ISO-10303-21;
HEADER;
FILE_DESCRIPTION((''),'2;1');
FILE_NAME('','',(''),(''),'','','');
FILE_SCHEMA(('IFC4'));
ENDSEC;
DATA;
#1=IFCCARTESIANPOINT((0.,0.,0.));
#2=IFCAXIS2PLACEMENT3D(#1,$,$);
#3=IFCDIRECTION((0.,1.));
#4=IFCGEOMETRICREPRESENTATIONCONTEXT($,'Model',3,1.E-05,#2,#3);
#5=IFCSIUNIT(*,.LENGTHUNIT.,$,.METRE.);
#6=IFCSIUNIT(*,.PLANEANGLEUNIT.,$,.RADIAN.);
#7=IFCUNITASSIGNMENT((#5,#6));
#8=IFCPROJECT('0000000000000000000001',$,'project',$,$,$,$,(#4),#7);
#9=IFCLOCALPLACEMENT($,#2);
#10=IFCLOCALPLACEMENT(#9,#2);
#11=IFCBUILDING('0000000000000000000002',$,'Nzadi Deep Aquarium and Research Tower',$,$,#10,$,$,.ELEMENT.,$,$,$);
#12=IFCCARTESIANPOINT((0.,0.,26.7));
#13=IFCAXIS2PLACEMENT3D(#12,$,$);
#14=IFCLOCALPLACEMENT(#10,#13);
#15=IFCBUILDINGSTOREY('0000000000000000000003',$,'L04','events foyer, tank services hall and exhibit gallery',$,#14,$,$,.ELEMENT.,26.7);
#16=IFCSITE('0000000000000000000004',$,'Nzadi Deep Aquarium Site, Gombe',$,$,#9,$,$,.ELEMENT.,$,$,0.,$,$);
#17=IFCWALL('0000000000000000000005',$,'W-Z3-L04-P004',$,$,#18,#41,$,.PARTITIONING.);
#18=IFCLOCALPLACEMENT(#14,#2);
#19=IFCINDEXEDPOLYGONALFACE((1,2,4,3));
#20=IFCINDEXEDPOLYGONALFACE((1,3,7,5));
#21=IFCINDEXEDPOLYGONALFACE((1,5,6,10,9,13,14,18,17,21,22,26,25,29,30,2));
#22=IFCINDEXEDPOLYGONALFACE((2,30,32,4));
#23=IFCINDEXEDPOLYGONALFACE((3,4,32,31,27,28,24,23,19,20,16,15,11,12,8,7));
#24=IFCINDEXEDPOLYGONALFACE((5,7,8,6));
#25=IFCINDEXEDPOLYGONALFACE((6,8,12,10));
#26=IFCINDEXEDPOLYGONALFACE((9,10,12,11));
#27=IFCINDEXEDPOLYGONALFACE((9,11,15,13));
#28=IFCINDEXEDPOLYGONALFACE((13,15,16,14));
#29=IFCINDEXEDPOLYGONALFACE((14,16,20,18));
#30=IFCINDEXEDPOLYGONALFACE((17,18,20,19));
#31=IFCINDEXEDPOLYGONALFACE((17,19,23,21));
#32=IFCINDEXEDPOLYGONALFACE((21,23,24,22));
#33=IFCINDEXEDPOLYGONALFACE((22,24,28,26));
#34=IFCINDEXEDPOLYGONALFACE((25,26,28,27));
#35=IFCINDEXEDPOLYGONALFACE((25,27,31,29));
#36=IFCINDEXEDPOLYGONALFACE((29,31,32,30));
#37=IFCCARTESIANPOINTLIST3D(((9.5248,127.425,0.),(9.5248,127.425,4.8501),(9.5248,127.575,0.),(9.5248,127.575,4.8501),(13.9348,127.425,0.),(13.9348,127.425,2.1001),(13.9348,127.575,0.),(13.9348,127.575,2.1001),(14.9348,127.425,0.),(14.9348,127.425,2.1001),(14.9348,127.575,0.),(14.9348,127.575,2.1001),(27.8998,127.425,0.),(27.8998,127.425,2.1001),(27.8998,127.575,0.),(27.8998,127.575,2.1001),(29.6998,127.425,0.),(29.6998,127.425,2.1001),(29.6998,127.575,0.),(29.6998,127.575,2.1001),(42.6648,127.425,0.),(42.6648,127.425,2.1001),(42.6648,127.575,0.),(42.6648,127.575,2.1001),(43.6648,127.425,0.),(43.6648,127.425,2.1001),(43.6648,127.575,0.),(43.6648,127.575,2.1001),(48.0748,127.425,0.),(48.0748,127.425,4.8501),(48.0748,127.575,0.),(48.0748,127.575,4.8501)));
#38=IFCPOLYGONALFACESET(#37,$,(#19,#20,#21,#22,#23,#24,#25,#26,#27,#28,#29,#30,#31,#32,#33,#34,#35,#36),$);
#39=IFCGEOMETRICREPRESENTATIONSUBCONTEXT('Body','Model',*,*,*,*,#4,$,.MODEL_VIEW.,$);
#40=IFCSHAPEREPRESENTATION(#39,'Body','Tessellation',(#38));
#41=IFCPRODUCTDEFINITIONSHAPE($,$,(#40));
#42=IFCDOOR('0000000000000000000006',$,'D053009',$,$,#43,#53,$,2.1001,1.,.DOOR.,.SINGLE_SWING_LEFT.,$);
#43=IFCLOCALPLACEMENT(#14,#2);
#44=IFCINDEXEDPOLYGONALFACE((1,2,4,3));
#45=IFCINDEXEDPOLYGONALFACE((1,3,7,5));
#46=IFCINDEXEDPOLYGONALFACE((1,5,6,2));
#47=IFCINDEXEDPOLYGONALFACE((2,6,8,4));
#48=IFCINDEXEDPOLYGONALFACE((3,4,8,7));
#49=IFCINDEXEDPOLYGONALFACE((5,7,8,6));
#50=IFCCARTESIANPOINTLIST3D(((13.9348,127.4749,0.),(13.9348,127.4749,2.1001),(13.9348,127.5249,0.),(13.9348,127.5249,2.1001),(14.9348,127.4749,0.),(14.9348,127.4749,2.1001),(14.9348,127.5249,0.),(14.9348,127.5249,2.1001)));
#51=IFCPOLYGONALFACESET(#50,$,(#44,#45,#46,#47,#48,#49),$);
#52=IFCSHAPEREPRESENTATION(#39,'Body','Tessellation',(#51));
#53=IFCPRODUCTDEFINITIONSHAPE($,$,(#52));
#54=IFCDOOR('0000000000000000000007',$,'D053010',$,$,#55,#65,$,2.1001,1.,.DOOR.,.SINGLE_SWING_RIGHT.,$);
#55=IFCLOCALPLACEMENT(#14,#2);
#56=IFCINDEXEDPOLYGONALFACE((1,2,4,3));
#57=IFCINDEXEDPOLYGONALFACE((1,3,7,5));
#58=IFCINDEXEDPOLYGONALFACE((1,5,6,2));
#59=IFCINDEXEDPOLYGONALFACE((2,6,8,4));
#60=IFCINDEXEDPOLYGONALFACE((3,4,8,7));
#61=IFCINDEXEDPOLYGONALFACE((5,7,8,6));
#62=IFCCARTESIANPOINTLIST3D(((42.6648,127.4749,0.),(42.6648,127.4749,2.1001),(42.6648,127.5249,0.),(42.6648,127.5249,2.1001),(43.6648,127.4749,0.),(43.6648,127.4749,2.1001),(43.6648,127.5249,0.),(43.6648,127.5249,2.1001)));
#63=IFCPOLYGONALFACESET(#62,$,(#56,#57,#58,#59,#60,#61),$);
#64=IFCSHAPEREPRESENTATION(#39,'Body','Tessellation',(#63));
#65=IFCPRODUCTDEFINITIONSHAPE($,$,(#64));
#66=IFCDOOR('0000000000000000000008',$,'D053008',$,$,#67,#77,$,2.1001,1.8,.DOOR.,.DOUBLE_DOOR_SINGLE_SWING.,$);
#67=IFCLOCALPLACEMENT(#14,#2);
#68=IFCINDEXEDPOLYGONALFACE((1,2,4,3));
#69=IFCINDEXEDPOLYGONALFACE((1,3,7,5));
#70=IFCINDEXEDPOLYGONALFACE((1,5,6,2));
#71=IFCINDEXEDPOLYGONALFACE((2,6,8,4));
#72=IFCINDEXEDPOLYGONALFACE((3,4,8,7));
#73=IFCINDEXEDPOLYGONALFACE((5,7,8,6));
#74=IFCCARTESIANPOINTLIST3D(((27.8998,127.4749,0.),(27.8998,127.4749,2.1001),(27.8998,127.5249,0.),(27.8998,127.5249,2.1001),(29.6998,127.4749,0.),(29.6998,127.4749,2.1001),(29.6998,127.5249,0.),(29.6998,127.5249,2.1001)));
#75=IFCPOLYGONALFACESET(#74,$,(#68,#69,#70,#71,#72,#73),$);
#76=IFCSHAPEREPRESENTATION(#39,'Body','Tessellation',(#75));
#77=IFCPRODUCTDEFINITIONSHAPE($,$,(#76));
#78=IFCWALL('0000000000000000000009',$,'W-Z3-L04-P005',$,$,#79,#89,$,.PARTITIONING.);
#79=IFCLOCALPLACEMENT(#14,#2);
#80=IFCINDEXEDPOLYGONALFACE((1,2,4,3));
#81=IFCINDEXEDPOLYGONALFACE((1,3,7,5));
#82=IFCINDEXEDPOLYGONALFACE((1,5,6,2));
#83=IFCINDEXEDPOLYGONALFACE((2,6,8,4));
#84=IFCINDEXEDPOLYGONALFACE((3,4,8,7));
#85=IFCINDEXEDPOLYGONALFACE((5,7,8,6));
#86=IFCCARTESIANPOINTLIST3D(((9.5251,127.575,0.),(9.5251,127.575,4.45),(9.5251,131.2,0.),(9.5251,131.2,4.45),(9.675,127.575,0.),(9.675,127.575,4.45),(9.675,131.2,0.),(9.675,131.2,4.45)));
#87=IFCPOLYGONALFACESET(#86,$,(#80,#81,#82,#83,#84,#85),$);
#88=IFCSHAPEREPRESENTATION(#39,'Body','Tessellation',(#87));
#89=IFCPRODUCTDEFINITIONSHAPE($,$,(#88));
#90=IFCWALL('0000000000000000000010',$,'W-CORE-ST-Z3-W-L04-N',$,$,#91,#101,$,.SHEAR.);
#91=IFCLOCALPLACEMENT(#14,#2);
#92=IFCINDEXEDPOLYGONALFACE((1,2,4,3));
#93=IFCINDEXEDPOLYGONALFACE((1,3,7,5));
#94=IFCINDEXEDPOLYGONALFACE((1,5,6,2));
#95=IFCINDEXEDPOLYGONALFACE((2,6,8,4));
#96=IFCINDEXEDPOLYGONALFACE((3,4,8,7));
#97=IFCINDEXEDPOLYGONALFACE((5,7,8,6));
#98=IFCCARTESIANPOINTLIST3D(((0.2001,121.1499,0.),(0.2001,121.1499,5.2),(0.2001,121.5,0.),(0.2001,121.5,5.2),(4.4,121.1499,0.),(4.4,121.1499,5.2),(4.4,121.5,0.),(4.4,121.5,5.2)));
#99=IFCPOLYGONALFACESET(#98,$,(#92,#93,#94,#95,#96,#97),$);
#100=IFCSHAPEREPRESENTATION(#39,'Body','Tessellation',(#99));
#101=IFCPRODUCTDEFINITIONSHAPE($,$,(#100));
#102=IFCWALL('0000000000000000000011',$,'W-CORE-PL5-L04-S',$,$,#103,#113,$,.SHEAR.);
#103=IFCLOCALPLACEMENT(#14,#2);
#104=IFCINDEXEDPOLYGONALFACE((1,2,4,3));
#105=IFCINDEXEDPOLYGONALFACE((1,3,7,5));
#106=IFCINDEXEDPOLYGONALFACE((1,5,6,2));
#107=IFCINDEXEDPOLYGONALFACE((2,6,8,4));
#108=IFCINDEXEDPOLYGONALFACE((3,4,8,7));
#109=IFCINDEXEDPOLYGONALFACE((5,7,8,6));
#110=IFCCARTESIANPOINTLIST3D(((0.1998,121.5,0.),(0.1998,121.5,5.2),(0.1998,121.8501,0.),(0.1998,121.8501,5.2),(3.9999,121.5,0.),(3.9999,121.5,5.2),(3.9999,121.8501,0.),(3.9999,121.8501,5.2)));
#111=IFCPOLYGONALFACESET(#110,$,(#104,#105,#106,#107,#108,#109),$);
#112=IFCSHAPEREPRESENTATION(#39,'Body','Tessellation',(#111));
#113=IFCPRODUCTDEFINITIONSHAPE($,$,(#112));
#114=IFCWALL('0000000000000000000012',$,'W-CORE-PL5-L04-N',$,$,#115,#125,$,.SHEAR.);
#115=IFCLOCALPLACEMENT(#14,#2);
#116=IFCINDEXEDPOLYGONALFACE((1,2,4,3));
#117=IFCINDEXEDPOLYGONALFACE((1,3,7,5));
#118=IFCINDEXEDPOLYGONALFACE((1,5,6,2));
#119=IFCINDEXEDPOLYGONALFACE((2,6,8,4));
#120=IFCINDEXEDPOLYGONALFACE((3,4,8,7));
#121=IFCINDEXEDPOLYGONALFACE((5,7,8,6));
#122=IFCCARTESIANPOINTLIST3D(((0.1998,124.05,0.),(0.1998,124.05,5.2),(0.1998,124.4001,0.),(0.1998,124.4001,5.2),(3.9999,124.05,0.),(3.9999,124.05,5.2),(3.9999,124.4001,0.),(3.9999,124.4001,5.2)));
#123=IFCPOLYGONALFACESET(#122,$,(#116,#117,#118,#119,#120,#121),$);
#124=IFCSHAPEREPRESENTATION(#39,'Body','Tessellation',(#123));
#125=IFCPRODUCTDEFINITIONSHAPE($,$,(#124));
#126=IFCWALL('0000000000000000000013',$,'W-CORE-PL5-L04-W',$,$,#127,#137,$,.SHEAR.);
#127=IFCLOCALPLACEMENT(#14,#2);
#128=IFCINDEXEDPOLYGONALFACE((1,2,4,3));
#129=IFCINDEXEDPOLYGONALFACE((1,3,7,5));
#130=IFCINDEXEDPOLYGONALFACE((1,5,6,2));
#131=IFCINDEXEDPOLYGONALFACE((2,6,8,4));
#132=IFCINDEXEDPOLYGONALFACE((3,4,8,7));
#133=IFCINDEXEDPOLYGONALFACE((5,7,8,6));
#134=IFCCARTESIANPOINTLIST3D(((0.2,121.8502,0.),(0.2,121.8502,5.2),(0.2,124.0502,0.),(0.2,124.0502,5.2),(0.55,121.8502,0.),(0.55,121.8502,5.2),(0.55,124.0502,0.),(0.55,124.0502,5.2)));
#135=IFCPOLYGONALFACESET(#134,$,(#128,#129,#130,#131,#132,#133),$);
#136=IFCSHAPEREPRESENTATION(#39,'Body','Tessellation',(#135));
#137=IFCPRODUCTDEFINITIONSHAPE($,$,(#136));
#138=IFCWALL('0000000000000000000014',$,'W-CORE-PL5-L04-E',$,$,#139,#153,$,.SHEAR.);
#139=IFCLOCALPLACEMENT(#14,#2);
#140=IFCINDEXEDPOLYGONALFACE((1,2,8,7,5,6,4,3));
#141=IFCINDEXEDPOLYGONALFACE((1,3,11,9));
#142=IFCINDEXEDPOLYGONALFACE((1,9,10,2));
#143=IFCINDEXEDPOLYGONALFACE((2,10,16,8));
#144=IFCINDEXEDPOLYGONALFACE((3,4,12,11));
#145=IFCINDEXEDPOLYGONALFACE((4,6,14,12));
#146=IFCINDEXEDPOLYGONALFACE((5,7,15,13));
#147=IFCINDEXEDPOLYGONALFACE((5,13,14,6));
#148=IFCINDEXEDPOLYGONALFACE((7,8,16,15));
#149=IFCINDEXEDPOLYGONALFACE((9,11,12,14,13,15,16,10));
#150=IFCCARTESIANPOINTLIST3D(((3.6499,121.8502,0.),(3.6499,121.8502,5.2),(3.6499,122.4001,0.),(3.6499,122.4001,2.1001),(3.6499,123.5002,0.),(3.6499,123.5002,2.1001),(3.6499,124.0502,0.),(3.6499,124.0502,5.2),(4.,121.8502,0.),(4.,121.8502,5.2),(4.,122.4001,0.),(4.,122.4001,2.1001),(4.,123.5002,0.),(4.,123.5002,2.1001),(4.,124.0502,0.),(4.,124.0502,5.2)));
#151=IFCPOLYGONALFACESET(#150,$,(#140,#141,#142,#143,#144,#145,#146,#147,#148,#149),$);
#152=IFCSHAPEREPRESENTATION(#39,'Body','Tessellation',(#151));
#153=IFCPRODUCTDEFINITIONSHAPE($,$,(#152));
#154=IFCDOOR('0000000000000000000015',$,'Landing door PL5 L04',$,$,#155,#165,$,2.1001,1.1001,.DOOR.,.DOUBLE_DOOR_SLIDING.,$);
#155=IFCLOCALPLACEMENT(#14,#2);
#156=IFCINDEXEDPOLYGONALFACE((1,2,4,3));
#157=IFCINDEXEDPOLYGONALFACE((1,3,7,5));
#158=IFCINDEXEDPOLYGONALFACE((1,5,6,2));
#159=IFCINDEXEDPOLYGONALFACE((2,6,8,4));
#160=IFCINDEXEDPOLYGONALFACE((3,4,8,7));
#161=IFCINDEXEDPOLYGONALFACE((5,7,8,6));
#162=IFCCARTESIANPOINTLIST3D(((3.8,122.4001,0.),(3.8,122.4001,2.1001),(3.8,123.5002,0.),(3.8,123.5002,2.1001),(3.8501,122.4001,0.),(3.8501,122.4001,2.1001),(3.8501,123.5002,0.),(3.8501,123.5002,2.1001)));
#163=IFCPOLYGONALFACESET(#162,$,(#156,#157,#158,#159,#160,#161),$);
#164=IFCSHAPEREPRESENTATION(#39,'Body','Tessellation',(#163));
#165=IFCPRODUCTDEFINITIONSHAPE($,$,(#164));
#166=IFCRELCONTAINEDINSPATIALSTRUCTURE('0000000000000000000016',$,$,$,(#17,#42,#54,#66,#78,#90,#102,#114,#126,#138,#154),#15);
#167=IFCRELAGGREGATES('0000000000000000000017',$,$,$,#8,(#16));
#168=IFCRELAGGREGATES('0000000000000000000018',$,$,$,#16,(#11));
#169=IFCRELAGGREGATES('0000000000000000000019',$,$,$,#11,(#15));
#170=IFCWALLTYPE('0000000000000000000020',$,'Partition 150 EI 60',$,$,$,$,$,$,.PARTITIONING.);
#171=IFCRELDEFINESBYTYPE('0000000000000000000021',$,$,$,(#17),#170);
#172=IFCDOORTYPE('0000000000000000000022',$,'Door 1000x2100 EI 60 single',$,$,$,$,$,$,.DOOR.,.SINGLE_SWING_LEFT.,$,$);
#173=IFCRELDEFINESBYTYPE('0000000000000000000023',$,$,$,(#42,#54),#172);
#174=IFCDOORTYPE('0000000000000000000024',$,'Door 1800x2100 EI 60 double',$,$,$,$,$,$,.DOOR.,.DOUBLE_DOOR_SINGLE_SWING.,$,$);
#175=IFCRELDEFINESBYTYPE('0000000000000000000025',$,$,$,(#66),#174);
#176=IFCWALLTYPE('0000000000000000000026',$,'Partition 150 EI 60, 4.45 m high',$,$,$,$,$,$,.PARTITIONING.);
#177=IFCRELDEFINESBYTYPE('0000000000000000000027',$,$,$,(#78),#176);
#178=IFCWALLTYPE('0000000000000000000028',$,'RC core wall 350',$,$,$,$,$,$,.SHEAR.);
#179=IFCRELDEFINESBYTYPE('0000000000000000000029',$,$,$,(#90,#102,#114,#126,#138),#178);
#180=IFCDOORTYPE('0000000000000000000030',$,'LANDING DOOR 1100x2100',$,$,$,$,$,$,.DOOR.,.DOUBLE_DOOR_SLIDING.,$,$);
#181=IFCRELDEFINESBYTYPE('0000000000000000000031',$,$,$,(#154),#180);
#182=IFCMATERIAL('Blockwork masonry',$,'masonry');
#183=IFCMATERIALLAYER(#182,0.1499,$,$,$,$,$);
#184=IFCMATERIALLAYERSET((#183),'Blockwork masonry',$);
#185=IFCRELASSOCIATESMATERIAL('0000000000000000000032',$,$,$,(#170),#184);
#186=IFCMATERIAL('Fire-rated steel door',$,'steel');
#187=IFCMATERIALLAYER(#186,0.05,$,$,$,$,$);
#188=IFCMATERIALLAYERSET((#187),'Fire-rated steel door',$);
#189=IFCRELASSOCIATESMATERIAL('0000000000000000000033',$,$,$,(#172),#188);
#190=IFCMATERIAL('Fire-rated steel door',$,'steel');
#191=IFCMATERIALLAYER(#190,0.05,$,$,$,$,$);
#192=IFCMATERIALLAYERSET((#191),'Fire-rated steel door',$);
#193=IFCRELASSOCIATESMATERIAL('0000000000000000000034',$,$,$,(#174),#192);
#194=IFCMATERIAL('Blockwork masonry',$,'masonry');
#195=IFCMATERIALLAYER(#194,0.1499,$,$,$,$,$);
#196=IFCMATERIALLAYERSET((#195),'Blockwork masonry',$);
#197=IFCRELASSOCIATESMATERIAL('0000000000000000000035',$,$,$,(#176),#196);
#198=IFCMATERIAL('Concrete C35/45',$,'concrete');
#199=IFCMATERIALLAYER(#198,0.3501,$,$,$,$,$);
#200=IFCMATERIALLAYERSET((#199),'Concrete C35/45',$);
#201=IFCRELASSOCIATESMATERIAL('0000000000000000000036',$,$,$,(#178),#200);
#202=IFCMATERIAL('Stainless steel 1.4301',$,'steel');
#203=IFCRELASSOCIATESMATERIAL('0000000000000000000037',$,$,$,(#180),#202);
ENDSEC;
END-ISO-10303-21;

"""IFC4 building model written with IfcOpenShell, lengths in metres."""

from ifc_helpers import new_model, si_unit, direction, frame, frame_2d, origin, place, context, subcontext, project, spatial, rectangle, extrude, material, layer, layer_set, type_object, element, fill, save


model = new_model("IFC4")

# Units and contexts
model_context = context("Model", 3, precision=1e-05, world=origin(), true_north=direction((0.0, 1.0)))
body_context = subcontext(model_context, "Body", "Model", "MODEL_VIEW")
ifc_project = project(units=[si_unit("LENGTHUNIT", "METRE"), si_unit("PLANEANGLEUNIT", "RADIAN")], contexts=[model_context])

# Site, building, storey
site_placement = place(None, origin())
site = spatial("IfcSite", under=ifc_project, at=site_placement, Name="Nzadi Deep Aquarium Site, Gombe", CompositionType="ELEMENT", RefElevation=0.0)
building_placement = place(site_placement, origin())
building = spatial("IfcBuilding", under=site, at=building_placement, Name="Nzadi Deep Aquarium and Research Tower", CompositionType="ELEMENT")
storey_placement = place(building_placement, frame((0.0, 0.0, 26.7)))
storey = spatial("IfcBuildingStorey", under=building, at=storey_placement, Name="L04", Description="events foyer, tank services hall and exhibit gallery", CompositionType="ELEMENT", Elevation=26.7)

# Wall, openings, doors
ifc_material_1 = material(Name="Blockwork masonry", Category="masonry")
ifc_layer_1 = layer(ifc_material_1, 0.1499)
ifc_layer_set_1 = layer_set([ifc_layer_1], Name="Blockwork masonry")
wall_type_1 = type_object("IfcWallType", Name="Partition 150 EI 60", PredefinedType="PARTITIONING", material=ifc_layer_set_1)
wall_1_placement = place(storey_placement, frame((9.5249, 127.5, 0.0), z_axis=(0.0, 0.0, 1.0), x_axis=(1.0, 0.0, 0.0)))
wall_1 = element("IfcWall", 1, at=wall_1_placement, inside=storey, type_object=wall_type_1, Name="W-Z3-L04-P004", PredefinedType="PARTITIONING", context=body_context, shape_type="SweptSolid", body=[
    extrude(rectangle(XDim=38.55, YDim=0.1499, at=frame_2d((19.2749, 0.0))), origin(), (0.0, 0.0, 1.0), 4.8501),
])
opening_1_placement = place(wall_1_placement, frame((18.375, 0.0, 0.0)))
opening_1 = element("IfcOpeningElement", 2, at=opening_1_placement, cuts=wall_1, PredefinedType="OPENING", context=body_context, shape_type="SweptSolid", body=[
    extrude(rectangle(XDim=1.8, YDim=2.1001, at=frame_2d((0.8999, 1.05))), frame((0.0, 0.085, 0.0), z_axis=(0.0, -1.0, 0.0), x_axis=(1.0, 0.0, 0.0)), (0.0, 0.0, 1.0), 0.1699),
])
opening_2_placement = place(wall_1_placement, frame((4.4099, 0.0, 0.0)))
opening_2 = element("IfcOpeningElement", 3, at=opening_2_placement, cuts=wall_1, PredefinedType="OPENING", context=body_context, shape_type="SweptSolid", body=[
    extrude(rectangle(XDim=1.0, YDim=2.1001, at=frame_2d((0.5, 1.05))), frame((0.0, 0.085, 0.0), z_axis=(0.0, -1.0, 0.0), x_axis=(1.0, 0.0, 0.0)), (0.0, 0.0, 1.0), 0.1699),
])
opening_3_placement = place(wall_1_placement, frame((33.1399, 0.0, 0.0)))
opening_3 = element("IfcOpeningElement", 4, at=opening_3_placement, cuts=wall_1, PredefinedType="OPENING", context=body_context, shape_type="SweptSolid", body=[
    extrude(rectangle(XDim=1.0, YDim=2.1001, at=frame_2d((0.5, 1.05))), frame((0.0, 0.085, 0.0), z_axis=(0.0, -1.0, 0.0), x_axis=(1.0, 0.0, 0.0)), (0.0, 0.0, 1.0), 0.1699),
])
ifc_material_2 = material(Name="Fire-rated steel door", Category="steel")
ifc_layer_2 = layer(ifc_material_2, 0.05)
ifc_layer_set_2 = layer_set([ifc_layer_2], Name="Fire-rated steel door")
door_type_1 = type_object("IfcDoorType", Name="Door 1000x2100 EI 60 single", OperationType="SINGLE_SWING_LEFT", PredefinedType="DOOR", material=ifc_layer_set_2)
door_1_placement = place(opening_2_placement, origin())
door_1 = element("IfcDoor", 5, at=door_1_placement, inside=storey, type_object=door_type_1, Name="D053009", OperationType="SINGLE_SWING_LEFT", OverallHeight=2.1001, OverallWidth=1.0, PredefinedType="DOOR", context=body_context, shape_type="SweptSolid", body=[
    extrude(rectangle(XDim=1.0, YDim=2.1001, at=frame_2d((0.5, 1.05))), frame((0.0, 0.0249, 0.0), z_axis=(0.0, -1.0, 0.0), x_axis=(1.0, 0.0, 0.0)), (0.0, 0.0, 1.0), 0.05),
])
fill(opening_2, door_1)
door_2_placement = place(opening_3_placement, origin())
door_2 = element("IfcDoor", 6, at=door_2_placement, inside=storey, type_object=door_type_1, Name="D053010", OperationType="SINGLE_SWING_RIGHT", OverallHeight=2.1001, OverallWidth=1.0, PredefinedType="DOOR", context=body_context, shape_type="SweptSolid", body=[
    extrude(rectangle(XDim=1.0, YDim=2.1001, at=frame_2d((0.5, 1.05))), frame((0.0, 0.0249, 0.0), z_axis=(0.0, -1.0, 0.0), x_axis=(1.0, 0.0, 0.0)), (0.0, 0.0, 1.0), 0.05),
])
fill(opening_3, door_2)
ifc_material_3 = material(Name="Fire-rated steel door", Category="steel")
ifc_layer_3 = layer(ifc_material_3, 0.05)
ifc_layer_set_3 = layer_set([ifc_layer_3], Name="Fire-rated steel door")
door_type_2 = type_object("IfcDoorType", Name="Door 1800x2100 EI 60 double", OperationType="DOUBLE_DOOR_SINGLE_SWING", PredefinedType="DOOR", material=ifc_layer_set_3)
door_3_placement = place(opening_1_placement, origin())
door_3 = element("IfcDoor", 7, at=door_3_placement, inside=storey, type_object=door_type_2, Name="D053008", OperationType="DOUBLE_DOOR_SINGLE_SWING", OverallHeight=2.1001, OverallWidth=1.8, PredefinedType="DOOR", context=body_context, shape_type="SweptSolid", body=[
    extrude(rectangle(XDim=1.8, YDim=2.1001, at=frame_2d((0.8999, 1.05))), frame((0.0, 0.0249, 0.0), z_axis=(0.0, -1.0, 0.0), x_axis=(1.0, 0.0, 0.0)), (0.0, 0.0, 1.0), 0.05),
])
fill(opening_1, door_3)

# Walls
ifc_material_4 = material(Name="Blockwork masonry", Category="masonry")
ifc_layer_4 = layer(ifc_material_4, 0.1499)
ifc_layer_set_4 = layer_set([ifc_layer_4], Name="Blockwork masonry")
wall_type_2 = type_object("IfcWallType", Name="Partition 150 EI 60, 4.45 m high", PredefinedType="PARTITIONING", material=ifc_layer_set_4)
wall_2_placement = place(storey_placement, frame((9.6001, 127.575, 0.0), z_axis=(0.0, 0.0, 1.0), x_axis=(0.0, 1.0, 0.0)))
element("IfcWall", 8, at=wall_2_placement, inside=storey, type_object=wall_type_2, Name="W-Z3-L04-P005", PredefinedType="PARTITIONING", context=body_context, shape_type="SweptSolid", body=[
    extrude(rectangle(XDim=3.625, YDim=0.1499, at=frame_2d((1.8125, 0.0))), origin(), (0.0, 0.0, 1.0), 4.45),
])
ifc_material_5 = material(Name="Concrete C35/45", Category="concrete")
ifc_layer_5 = layer(ifc_material_5, 0.3501)
ifc_layer_set_5 = layer_set([ifc_layer_5], Name="Concrete C35/45")
wall_type_3 = type_object("IfcWallType", Name="RC core wall 350", PredefinedType="SHEAR", material=ifc_layer_set_5)
wall_3_placement = place(storey_placement, frame((0.2, 121.325, 0.0), z_axis=(0.0, 0.0, 1.0), x_axis=(1.0, 0.0, 0.0)))
element("IfcWall", 9, at=wall_3_placement, inside=storey, type_object=wall_type_3, Name="W-CORE-ST-Z3-W-L04-N", PredefinedType="SHEAR", context=body_context, shape_type="SweptSolid", body=[
    extrude(rectangle(XDim=4.2, YDim=0.3501, at=frame_2d((2.1001, 0.0))), origin(), (0.0, 0.0, 1.0), 5.2),
])
for number, where, z_axis, x_axis, name in (
    (10, (0.2, 121.675, 0.0), (0.0, 0.0, 1.0), (1.0, 0.0, 0.0), "W-CORE-PL5-L04-S"),
    (11, (0.2, 124.2251, 0.0), (0.0, 0.0, 1.0), (1.0, 0.0, 0.0), "W-CORE-PL5-L04-N"),
):
    element("IfcWall", number, at=place(storey_placement, frame(where, z_axis=z_axis, x_axis=x_axis)), inside=storey, type_object=wall_type_3, Name=name, PredefinedType="SHEAR", context=body_context, shape_type="SweptSolid", body=[
        extrude(rectangle(XDim=3.8, YDim=0.3501, at=frame_2d((1.8999, 0.0))), origin(), (0.0, 0.0, 1.0), 5.2),
    ])
wall_4_placement = place(storey_placement, frame((0.375, 121.8501, 0.0), z_axis=(0.0, 0.0, 1.0), x_axis=(0.0, 1.0, 0.0)))
element("IfcWall", 12, at=wall_4_placement, inside=storey, type_object=wall_type_3, Name="W-CORE-PL5-L04-W", PredefinedType="SHEAR", context=body_context, shape_type="SweptSolid", body=[
    extrude(rectangle(XDim=2.2, YDim=0.3501, at=frame_2d((1.1001, 0.0))), origin(), (0.0, 0.0, 1.0), 5.2),
])

# Wall, opening, door
wall_5_placement = place(storey_placement, frame((3.825, 121.8501, 0.0), z_axis=(0.0, 0.0, 1.0), x_axis=(0.0, 1.0, 0.0)))
wall_5 = element("IfcWall", 13, at=wall_5_placement, inside=storey, type_object=wall_type_3, Name="W-CORE-PL5-L04-E", PredefinedType="SHEAR", context=body_context, shape_type="SweptSolid", body=[
    extrude(rectangle(XDim=2.2, YDim=0.3501, at=frame_2d((1.1001, 0.0))), origin(), (0.0, 0.0, 1.0), 5.2),
])
opening_4_placement = place(wall_5_placement, frame((0.55, 0.0, 0.0)))
opening_4 = element("IfcOpeningElement", 14, at=opening_4_placement, cuts=wall_5, PredefinedType="OPENING", context=body_context, shape_type="SweptSolid", body=[
    extrude(rectangle(XDim=1.1001, YDim=2.1001, at=frame_2d((0.55, 1.05))), frame((0.0, 0.1851, 0.0), z_axis=(0.0, -1.0, 0.0), x_axis=(1.0, 0.0, 0.0)), (0.0, 0.0, 1.0), 0.3701),
])
ifc_material_6 = material(Name="Stainless steel 1.4301", Category="steel")
door_type_3 = type_object("IfcDoorType", Name="LANDING DOOR 1100x2100", OperationType="DOUBLE_DOOR_SLIDING", PredefinedType="DOOR", material=ifc_material_6)
door_4_placement = place(opening_4_placement, origin())
door_4 = element("IfcDoor", 15, at=door_4_placement, inside=storey, type_object=door_type_3, Name="Landing door PL5 L04", OperationType="DOUBLE_DOOR_SLIDING", OverallHeight=2.1001, OverallWidth=1.1001, PredefinedType="DOOR", context=body_context, shape_type="SweptSolid", body=[
    extrude(rectangle(XDim=1.1001, YDim=2.1001, at=frame_2d((0.55, 1.05))), frame((0.0, 0.0249, 0.0), z_axis=(0.0, -1.0, 0.0), x_axis=(1.0, 0.0, 0.0)), (0.0, 0.0, 1.0), 0.05),
])
fill(opening_4, door_4)

save(model, "model.ifc")
